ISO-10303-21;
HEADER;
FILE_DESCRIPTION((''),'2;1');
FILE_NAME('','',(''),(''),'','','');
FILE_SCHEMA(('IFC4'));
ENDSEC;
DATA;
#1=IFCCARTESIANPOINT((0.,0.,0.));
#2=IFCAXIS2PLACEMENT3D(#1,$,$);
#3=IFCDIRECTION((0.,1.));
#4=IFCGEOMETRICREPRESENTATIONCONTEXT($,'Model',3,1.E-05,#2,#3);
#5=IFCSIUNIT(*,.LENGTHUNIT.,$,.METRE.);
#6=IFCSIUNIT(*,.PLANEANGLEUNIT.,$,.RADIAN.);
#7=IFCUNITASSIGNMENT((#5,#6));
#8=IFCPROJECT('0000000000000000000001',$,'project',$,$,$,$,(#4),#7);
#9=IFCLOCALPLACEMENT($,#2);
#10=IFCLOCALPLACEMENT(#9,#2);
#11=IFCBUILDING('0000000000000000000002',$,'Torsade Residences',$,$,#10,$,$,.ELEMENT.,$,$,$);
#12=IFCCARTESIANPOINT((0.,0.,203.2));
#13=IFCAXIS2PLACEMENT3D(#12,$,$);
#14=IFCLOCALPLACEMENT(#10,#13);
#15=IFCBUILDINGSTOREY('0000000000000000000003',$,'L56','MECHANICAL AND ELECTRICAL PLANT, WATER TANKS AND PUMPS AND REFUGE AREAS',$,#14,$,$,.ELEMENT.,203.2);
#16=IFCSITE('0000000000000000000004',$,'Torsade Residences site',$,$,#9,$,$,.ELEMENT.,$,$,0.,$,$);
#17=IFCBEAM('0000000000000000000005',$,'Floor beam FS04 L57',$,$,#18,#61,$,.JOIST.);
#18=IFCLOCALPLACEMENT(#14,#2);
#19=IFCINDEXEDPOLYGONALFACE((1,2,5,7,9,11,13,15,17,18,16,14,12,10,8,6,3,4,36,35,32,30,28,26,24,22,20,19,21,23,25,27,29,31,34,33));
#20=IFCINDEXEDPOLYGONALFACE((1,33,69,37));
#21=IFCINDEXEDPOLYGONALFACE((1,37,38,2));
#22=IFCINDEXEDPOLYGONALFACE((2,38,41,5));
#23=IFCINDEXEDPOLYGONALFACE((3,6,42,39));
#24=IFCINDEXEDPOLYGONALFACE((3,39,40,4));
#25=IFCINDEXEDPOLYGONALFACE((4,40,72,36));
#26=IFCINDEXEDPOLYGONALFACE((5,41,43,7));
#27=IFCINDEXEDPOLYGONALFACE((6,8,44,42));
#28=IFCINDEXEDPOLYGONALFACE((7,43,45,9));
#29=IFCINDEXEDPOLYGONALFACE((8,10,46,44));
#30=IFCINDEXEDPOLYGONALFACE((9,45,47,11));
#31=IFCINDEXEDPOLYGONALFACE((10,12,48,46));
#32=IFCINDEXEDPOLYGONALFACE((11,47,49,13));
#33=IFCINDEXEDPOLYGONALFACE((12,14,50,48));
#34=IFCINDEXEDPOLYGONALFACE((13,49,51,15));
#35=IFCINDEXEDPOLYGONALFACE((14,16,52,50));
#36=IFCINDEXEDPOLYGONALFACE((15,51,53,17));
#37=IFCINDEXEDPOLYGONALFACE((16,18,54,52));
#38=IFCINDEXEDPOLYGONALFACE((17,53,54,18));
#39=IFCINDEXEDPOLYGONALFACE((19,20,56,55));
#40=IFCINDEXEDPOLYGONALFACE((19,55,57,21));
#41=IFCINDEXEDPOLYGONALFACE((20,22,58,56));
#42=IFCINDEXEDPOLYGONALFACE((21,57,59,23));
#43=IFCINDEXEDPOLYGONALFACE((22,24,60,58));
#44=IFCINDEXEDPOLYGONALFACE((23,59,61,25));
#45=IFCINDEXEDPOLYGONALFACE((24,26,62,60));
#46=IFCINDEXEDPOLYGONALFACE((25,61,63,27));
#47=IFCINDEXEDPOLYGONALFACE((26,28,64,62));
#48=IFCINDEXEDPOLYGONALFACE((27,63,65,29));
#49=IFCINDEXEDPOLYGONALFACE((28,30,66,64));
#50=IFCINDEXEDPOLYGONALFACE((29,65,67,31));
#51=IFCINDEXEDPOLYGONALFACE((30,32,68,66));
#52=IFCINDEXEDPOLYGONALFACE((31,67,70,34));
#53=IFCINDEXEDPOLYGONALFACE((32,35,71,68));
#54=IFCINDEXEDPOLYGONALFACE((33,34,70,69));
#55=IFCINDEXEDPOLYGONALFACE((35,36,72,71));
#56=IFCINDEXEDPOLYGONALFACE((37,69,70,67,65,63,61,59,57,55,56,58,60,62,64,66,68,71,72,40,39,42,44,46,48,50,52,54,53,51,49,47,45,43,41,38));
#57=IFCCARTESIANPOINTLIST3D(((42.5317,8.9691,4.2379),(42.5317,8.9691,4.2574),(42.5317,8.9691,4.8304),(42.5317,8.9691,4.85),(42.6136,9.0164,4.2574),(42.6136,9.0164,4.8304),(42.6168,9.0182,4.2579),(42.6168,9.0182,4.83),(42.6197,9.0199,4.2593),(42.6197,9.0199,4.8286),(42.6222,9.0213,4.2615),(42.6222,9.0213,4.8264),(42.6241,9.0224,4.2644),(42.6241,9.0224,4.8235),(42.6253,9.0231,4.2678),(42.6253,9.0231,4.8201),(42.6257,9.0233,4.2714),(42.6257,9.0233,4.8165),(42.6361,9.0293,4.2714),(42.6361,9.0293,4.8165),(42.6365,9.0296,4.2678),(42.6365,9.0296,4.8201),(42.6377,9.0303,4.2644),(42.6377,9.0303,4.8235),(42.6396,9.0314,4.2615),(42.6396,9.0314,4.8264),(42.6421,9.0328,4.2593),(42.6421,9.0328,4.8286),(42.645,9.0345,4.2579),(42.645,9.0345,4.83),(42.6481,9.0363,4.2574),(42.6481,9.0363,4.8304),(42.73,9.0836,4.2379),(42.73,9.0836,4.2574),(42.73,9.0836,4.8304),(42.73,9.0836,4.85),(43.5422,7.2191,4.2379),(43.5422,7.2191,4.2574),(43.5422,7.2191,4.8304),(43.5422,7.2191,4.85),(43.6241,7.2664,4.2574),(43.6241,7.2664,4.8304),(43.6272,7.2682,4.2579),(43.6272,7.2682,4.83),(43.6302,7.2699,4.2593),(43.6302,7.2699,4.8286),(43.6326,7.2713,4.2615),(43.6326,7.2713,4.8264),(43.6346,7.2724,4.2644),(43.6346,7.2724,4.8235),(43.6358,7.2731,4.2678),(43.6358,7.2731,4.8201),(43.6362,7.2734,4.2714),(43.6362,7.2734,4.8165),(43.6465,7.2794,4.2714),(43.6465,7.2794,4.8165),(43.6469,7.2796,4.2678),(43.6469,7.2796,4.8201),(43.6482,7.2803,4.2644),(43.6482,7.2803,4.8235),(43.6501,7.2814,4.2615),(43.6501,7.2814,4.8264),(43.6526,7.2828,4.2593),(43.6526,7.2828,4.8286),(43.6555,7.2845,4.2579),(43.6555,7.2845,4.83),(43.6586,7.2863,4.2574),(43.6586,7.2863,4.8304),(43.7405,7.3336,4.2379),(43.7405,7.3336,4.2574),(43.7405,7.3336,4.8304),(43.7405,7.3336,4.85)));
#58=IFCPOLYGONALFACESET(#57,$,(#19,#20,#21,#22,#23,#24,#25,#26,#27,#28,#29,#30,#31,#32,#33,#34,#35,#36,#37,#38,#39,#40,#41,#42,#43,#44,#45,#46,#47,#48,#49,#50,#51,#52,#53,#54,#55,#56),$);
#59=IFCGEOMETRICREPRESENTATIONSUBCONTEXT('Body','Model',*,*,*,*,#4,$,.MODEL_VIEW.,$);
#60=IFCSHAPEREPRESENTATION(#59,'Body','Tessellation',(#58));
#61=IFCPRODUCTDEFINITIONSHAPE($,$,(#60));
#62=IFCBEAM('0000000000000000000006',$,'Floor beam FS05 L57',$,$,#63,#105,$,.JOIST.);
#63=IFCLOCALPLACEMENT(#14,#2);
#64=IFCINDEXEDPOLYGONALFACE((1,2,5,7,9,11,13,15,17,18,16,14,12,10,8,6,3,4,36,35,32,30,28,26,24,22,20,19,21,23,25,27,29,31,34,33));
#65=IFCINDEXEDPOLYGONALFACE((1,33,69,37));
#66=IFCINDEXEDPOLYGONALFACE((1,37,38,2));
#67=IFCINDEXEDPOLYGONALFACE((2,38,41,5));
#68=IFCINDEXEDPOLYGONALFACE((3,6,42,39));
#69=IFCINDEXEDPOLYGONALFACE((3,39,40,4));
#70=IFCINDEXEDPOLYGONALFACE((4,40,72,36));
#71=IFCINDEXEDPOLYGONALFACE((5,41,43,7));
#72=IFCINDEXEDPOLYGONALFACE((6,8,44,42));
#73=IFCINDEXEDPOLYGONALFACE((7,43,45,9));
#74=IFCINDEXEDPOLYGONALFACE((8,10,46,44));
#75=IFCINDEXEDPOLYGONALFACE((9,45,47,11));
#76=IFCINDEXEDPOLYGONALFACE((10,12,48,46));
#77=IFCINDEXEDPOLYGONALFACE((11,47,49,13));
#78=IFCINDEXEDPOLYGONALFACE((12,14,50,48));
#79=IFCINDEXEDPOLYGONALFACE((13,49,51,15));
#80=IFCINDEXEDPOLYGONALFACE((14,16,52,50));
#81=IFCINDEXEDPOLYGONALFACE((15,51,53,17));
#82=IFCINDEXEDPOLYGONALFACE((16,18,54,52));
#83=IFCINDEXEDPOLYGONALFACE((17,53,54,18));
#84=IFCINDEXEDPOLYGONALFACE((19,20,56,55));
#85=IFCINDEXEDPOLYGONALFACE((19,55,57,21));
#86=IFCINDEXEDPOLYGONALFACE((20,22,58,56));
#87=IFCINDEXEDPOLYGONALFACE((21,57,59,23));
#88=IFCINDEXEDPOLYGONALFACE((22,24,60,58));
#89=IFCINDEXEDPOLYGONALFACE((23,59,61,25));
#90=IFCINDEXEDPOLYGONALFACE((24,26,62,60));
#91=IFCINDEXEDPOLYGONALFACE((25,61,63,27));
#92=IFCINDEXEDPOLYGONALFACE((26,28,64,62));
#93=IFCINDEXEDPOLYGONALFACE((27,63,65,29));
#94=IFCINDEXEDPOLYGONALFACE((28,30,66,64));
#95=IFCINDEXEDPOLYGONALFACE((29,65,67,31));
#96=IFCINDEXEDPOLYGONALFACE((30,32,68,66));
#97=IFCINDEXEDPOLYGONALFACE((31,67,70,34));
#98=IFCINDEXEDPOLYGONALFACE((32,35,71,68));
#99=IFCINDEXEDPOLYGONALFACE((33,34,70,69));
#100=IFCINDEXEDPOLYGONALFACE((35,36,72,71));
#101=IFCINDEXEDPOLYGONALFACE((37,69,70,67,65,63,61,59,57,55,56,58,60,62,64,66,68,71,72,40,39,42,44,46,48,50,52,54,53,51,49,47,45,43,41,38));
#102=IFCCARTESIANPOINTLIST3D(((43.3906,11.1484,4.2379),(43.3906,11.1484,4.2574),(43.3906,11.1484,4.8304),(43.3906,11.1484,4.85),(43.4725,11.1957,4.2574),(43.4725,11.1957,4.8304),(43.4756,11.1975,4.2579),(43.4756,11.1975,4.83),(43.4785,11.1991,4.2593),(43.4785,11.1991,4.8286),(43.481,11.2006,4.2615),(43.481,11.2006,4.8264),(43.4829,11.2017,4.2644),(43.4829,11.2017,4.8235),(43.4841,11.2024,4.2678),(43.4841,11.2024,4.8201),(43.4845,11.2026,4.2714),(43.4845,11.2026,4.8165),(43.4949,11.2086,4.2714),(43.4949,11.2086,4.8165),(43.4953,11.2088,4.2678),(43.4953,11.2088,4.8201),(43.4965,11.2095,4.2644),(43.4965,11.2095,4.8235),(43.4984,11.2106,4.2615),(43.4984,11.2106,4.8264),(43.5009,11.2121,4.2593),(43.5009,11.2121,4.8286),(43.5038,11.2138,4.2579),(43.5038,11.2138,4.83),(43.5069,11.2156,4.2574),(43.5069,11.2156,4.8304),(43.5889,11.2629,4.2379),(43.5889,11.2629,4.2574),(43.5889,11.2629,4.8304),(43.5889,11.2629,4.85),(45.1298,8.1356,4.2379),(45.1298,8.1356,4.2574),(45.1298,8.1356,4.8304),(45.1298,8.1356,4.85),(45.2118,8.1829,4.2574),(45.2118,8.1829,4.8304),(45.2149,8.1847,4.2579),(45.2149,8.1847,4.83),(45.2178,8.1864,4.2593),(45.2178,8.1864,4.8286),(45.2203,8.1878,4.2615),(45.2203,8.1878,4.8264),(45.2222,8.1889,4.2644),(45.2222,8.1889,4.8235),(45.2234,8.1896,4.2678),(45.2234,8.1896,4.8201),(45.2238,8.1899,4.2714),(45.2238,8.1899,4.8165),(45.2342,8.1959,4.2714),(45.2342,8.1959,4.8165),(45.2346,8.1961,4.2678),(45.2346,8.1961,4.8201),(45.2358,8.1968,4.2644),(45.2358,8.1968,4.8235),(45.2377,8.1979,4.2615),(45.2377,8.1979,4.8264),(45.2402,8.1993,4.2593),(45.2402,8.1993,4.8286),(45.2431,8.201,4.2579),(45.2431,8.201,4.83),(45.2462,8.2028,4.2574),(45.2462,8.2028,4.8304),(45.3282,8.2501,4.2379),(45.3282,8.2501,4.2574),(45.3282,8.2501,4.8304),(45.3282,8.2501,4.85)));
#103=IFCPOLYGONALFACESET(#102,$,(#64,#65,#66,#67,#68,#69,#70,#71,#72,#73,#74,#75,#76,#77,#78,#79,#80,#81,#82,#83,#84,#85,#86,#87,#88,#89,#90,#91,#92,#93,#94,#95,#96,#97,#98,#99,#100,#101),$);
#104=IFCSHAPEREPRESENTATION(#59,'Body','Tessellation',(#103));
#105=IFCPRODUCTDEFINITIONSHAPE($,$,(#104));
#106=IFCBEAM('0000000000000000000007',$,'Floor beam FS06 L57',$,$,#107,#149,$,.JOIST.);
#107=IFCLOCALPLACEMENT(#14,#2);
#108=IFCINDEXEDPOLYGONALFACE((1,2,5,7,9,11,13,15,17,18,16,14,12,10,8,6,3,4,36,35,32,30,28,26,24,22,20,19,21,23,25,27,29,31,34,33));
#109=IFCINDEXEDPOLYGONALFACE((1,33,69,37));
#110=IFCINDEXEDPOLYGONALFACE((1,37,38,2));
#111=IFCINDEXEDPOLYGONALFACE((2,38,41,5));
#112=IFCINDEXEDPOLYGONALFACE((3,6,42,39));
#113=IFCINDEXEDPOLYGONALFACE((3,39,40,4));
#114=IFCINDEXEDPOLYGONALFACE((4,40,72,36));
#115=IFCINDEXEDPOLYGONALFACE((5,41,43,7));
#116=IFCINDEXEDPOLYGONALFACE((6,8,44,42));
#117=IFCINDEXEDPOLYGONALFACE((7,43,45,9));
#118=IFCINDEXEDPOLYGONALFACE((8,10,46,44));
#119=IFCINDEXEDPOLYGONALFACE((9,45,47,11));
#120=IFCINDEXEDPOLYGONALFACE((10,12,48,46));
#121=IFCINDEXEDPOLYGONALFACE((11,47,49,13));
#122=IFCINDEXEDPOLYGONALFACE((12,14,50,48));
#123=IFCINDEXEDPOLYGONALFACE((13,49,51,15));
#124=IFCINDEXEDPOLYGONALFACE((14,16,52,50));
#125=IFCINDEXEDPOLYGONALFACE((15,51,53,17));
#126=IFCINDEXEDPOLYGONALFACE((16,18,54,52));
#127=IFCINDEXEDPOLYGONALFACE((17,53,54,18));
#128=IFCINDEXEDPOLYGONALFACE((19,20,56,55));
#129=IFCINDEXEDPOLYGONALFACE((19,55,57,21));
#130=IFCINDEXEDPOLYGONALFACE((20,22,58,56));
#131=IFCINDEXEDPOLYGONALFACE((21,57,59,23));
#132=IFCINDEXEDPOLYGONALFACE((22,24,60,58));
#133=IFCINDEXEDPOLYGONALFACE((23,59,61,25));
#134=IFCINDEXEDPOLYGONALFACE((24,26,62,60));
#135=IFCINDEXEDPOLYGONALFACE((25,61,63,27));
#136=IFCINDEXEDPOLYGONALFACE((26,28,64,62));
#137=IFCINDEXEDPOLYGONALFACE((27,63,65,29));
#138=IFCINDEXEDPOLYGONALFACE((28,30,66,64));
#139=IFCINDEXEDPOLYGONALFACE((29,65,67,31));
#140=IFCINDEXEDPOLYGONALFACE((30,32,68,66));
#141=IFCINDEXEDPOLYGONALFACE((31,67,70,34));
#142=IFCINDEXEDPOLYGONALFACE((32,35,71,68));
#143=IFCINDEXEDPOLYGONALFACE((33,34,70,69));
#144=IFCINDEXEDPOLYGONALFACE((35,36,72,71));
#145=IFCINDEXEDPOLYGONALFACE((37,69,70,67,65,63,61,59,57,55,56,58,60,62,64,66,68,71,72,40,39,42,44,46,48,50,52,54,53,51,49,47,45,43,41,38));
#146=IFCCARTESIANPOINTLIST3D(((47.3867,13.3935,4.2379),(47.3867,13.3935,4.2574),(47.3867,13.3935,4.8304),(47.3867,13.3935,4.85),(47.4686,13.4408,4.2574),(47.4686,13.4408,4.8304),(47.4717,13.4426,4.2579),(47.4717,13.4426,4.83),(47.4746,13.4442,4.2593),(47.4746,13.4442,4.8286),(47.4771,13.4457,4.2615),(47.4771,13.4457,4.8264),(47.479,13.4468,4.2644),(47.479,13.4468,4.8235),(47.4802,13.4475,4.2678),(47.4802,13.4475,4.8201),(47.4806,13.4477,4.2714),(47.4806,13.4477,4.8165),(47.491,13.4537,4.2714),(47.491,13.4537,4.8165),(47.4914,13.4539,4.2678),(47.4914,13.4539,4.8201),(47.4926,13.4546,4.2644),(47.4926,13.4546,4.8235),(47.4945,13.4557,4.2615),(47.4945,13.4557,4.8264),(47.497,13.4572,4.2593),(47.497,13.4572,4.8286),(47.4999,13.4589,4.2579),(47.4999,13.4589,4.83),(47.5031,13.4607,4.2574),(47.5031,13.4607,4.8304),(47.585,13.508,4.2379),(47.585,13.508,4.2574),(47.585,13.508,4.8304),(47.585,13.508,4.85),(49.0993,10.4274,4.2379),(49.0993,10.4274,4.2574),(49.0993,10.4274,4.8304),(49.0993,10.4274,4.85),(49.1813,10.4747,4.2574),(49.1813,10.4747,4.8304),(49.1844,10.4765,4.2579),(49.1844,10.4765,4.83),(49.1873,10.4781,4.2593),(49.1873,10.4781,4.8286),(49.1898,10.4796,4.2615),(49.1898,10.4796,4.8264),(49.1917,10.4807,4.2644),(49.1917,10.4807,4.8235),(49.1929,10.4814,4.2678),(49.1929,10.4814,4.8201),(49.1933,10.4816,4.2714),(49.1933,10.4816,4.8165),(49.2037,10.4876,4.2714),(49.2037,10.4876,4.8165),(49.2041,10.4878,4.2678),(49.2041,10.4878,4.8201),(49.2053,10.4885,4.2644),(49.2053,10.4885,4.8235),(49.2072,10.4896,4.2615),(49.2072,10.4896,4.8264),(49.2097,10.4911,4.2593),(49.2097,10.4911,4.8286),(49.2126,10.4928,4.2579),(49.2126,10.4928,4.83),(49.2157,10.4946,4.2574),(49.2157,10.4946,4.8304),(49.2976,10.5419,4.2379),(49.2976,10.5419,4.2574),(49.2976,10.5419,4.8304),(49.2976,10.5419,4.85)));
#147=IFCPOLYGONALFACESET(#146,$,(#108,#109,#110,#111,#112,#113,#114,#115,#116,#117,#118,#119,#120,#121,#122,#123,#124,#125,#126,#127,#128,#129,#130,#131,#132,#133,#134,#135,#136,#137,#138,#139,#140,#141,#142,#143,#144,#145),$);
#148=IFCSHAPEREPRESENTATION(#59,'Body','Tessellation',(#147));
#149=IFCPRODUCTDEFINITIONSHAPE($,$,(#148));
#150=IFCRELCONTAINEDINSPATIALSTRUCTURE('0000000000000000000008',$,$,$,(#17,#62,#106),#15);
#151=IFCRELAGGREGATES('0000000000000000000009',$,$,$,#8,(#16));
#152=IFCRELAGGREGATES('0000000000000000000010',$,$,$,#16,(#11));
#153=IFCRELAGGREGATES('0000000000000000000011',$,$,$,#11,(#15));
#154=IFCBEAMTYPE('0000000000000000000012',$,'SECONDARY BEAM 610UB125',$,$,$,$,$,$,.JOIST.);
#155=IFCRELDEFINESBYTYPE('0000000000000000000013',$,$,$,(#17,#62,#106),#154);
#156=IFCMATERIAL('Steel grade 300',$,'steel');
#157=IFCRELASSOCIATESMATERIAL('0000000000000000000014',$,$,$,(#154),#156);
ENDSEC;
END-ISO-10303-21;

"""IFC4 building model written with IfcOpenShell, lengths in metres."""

from ifc_helpers import new_model, si_unit, direction, frame, origin, origin_2d, place, context, subcontext, project, spatial, i_section, extrude, material, material_profile, profile_set, type_object, element, save


model = new_model("IFC4")

# Units and contexts
model_context = context("Model", 3, precision=1e-05, world=origin(), true_north=direction((0.0, 1.0)))
body_context = subcontext(model_context, "Body", "Model", "MODEL_VIEW")
ifc_project = project(units=[si_unit("LENGTHUNIT", "METRE"), si_unit("PLANEANGLEUNIT", "RADIAN")], contexts=[model_context])

# Site, building, storey
site_placement = place(None, origin())
site = spatial("IfcSite", under=ifc_project, at=site_placement, Name="Torsade Residences site", CompositionType="ELEMENT", RefElevation=0.0)
building_placement = place(site_placement, origin())
building = spatial("IfcBuilding", under=site, at=building_placement, Name="Torsade Residences", CompositionType="ELEMENT")
storey_placement = place(building_placement, frame((0.0, 0.0, 203.2)))
storey = spatial("IfcBuildingStorey", under=building, at=storey_placement, Name="L56", Description="MECHANICAL AND ELECTRICAL PLANT, WATER TANKS AND PUMPS AND REFUGE AREAS", CompositionType="ELEMENT", Elevation=203.2)

# Beams
ifc_material_1 = material(Name="Steel grade 300", Category="steel")
ifc_material_profile_1 = material_profile(ifc_material_1, i_section(OverallWidth=0.229, OverallDepth=0.6121, WebThickness=0.012, FlangeThickness=0.0195, FilletRadius=0.0139, at=origin_2d()), Name="610UB125")
ifc_profile_set_1 = profile_set([ifc_material_profile_1], Name="Steel grade 300")
beam_type_1 = type_object("IfcBeamType", Name="SECONDARY BEAM 610UB125", PredefinedType="JOIST", material=ifc_profile_set_1)
beam_1_placement = place(storey_placement, frame((43.6414, 7.2764, 4.5439), z_axis=(-0.50005, 0.865996, 0.0), x_axis=(-0.865996, -0.50005, 0.0)))
element("IfcBeam", 1, at=beam_1_placement, inside=storey, type_object=beam_type_1, Name="Floor beam FS04 L57", PredefinedType="JOIST", context=body_context, shape_type="SweptSolid", body=[
    extrude(i_section(OverallWidth=0.229, OverallDepth=0.6121, WebThickness=0.012, FlangeThickness=0.0195, FilletRadius=0.0139, at=origin_2d()), origin(), (0.0, 0.0, 1.0), 2.0208),
])
beam_2_placement = place(storey_placement, frame((45.229, 8.1929, 4.5439), z_axis=(-0.499974, 0.866041, 0.0), x_axis=(-0.866041, -0.499974, 0.0)))
element("IfcBeam", 2, at=beam_2_placement, inside=storey, type_object=beam_type_1, Name="Floor beam FS05 L57", PredefinedType="JOIST", context=body_context, shape_type="SweptSolid", body=[
    extrude(i_section(OverallWidth=0.229, OverallDepth=0.6121, WebThickness=0.012, FlangeThickness=0.0195, FilletRadius=0.0139, at=origin_2d()), origin(), (0.0, 0.0, 1.0), 3.4788),
])
beam_3_placement = place(storey_placement, frame((49.1985, 10.4846, 4.5439), z_axis=(-0.500041, 0.866002, 0.0), x_axis=(-0.866002, -0.500041, 0.0)))
element("IfcBeam", 3, at=beam_3_placement, inside=storey, type_object=beam_type_1, Name="Floor beam FS06 L57", PredefinedType="JOIST", context=body_context, shape_type="SweptSolid", body=[
    extrude(i_section(OverallWidth=0.229, OverallDepth=0.6121, WebThickness=0.012, FlangeThickness=0.0195, FilletRadius=0.0139, at=origin_2d()), origin(), (0.0, 0.0, 1.0), 3.425),
])

save(model, "model.ifc")
